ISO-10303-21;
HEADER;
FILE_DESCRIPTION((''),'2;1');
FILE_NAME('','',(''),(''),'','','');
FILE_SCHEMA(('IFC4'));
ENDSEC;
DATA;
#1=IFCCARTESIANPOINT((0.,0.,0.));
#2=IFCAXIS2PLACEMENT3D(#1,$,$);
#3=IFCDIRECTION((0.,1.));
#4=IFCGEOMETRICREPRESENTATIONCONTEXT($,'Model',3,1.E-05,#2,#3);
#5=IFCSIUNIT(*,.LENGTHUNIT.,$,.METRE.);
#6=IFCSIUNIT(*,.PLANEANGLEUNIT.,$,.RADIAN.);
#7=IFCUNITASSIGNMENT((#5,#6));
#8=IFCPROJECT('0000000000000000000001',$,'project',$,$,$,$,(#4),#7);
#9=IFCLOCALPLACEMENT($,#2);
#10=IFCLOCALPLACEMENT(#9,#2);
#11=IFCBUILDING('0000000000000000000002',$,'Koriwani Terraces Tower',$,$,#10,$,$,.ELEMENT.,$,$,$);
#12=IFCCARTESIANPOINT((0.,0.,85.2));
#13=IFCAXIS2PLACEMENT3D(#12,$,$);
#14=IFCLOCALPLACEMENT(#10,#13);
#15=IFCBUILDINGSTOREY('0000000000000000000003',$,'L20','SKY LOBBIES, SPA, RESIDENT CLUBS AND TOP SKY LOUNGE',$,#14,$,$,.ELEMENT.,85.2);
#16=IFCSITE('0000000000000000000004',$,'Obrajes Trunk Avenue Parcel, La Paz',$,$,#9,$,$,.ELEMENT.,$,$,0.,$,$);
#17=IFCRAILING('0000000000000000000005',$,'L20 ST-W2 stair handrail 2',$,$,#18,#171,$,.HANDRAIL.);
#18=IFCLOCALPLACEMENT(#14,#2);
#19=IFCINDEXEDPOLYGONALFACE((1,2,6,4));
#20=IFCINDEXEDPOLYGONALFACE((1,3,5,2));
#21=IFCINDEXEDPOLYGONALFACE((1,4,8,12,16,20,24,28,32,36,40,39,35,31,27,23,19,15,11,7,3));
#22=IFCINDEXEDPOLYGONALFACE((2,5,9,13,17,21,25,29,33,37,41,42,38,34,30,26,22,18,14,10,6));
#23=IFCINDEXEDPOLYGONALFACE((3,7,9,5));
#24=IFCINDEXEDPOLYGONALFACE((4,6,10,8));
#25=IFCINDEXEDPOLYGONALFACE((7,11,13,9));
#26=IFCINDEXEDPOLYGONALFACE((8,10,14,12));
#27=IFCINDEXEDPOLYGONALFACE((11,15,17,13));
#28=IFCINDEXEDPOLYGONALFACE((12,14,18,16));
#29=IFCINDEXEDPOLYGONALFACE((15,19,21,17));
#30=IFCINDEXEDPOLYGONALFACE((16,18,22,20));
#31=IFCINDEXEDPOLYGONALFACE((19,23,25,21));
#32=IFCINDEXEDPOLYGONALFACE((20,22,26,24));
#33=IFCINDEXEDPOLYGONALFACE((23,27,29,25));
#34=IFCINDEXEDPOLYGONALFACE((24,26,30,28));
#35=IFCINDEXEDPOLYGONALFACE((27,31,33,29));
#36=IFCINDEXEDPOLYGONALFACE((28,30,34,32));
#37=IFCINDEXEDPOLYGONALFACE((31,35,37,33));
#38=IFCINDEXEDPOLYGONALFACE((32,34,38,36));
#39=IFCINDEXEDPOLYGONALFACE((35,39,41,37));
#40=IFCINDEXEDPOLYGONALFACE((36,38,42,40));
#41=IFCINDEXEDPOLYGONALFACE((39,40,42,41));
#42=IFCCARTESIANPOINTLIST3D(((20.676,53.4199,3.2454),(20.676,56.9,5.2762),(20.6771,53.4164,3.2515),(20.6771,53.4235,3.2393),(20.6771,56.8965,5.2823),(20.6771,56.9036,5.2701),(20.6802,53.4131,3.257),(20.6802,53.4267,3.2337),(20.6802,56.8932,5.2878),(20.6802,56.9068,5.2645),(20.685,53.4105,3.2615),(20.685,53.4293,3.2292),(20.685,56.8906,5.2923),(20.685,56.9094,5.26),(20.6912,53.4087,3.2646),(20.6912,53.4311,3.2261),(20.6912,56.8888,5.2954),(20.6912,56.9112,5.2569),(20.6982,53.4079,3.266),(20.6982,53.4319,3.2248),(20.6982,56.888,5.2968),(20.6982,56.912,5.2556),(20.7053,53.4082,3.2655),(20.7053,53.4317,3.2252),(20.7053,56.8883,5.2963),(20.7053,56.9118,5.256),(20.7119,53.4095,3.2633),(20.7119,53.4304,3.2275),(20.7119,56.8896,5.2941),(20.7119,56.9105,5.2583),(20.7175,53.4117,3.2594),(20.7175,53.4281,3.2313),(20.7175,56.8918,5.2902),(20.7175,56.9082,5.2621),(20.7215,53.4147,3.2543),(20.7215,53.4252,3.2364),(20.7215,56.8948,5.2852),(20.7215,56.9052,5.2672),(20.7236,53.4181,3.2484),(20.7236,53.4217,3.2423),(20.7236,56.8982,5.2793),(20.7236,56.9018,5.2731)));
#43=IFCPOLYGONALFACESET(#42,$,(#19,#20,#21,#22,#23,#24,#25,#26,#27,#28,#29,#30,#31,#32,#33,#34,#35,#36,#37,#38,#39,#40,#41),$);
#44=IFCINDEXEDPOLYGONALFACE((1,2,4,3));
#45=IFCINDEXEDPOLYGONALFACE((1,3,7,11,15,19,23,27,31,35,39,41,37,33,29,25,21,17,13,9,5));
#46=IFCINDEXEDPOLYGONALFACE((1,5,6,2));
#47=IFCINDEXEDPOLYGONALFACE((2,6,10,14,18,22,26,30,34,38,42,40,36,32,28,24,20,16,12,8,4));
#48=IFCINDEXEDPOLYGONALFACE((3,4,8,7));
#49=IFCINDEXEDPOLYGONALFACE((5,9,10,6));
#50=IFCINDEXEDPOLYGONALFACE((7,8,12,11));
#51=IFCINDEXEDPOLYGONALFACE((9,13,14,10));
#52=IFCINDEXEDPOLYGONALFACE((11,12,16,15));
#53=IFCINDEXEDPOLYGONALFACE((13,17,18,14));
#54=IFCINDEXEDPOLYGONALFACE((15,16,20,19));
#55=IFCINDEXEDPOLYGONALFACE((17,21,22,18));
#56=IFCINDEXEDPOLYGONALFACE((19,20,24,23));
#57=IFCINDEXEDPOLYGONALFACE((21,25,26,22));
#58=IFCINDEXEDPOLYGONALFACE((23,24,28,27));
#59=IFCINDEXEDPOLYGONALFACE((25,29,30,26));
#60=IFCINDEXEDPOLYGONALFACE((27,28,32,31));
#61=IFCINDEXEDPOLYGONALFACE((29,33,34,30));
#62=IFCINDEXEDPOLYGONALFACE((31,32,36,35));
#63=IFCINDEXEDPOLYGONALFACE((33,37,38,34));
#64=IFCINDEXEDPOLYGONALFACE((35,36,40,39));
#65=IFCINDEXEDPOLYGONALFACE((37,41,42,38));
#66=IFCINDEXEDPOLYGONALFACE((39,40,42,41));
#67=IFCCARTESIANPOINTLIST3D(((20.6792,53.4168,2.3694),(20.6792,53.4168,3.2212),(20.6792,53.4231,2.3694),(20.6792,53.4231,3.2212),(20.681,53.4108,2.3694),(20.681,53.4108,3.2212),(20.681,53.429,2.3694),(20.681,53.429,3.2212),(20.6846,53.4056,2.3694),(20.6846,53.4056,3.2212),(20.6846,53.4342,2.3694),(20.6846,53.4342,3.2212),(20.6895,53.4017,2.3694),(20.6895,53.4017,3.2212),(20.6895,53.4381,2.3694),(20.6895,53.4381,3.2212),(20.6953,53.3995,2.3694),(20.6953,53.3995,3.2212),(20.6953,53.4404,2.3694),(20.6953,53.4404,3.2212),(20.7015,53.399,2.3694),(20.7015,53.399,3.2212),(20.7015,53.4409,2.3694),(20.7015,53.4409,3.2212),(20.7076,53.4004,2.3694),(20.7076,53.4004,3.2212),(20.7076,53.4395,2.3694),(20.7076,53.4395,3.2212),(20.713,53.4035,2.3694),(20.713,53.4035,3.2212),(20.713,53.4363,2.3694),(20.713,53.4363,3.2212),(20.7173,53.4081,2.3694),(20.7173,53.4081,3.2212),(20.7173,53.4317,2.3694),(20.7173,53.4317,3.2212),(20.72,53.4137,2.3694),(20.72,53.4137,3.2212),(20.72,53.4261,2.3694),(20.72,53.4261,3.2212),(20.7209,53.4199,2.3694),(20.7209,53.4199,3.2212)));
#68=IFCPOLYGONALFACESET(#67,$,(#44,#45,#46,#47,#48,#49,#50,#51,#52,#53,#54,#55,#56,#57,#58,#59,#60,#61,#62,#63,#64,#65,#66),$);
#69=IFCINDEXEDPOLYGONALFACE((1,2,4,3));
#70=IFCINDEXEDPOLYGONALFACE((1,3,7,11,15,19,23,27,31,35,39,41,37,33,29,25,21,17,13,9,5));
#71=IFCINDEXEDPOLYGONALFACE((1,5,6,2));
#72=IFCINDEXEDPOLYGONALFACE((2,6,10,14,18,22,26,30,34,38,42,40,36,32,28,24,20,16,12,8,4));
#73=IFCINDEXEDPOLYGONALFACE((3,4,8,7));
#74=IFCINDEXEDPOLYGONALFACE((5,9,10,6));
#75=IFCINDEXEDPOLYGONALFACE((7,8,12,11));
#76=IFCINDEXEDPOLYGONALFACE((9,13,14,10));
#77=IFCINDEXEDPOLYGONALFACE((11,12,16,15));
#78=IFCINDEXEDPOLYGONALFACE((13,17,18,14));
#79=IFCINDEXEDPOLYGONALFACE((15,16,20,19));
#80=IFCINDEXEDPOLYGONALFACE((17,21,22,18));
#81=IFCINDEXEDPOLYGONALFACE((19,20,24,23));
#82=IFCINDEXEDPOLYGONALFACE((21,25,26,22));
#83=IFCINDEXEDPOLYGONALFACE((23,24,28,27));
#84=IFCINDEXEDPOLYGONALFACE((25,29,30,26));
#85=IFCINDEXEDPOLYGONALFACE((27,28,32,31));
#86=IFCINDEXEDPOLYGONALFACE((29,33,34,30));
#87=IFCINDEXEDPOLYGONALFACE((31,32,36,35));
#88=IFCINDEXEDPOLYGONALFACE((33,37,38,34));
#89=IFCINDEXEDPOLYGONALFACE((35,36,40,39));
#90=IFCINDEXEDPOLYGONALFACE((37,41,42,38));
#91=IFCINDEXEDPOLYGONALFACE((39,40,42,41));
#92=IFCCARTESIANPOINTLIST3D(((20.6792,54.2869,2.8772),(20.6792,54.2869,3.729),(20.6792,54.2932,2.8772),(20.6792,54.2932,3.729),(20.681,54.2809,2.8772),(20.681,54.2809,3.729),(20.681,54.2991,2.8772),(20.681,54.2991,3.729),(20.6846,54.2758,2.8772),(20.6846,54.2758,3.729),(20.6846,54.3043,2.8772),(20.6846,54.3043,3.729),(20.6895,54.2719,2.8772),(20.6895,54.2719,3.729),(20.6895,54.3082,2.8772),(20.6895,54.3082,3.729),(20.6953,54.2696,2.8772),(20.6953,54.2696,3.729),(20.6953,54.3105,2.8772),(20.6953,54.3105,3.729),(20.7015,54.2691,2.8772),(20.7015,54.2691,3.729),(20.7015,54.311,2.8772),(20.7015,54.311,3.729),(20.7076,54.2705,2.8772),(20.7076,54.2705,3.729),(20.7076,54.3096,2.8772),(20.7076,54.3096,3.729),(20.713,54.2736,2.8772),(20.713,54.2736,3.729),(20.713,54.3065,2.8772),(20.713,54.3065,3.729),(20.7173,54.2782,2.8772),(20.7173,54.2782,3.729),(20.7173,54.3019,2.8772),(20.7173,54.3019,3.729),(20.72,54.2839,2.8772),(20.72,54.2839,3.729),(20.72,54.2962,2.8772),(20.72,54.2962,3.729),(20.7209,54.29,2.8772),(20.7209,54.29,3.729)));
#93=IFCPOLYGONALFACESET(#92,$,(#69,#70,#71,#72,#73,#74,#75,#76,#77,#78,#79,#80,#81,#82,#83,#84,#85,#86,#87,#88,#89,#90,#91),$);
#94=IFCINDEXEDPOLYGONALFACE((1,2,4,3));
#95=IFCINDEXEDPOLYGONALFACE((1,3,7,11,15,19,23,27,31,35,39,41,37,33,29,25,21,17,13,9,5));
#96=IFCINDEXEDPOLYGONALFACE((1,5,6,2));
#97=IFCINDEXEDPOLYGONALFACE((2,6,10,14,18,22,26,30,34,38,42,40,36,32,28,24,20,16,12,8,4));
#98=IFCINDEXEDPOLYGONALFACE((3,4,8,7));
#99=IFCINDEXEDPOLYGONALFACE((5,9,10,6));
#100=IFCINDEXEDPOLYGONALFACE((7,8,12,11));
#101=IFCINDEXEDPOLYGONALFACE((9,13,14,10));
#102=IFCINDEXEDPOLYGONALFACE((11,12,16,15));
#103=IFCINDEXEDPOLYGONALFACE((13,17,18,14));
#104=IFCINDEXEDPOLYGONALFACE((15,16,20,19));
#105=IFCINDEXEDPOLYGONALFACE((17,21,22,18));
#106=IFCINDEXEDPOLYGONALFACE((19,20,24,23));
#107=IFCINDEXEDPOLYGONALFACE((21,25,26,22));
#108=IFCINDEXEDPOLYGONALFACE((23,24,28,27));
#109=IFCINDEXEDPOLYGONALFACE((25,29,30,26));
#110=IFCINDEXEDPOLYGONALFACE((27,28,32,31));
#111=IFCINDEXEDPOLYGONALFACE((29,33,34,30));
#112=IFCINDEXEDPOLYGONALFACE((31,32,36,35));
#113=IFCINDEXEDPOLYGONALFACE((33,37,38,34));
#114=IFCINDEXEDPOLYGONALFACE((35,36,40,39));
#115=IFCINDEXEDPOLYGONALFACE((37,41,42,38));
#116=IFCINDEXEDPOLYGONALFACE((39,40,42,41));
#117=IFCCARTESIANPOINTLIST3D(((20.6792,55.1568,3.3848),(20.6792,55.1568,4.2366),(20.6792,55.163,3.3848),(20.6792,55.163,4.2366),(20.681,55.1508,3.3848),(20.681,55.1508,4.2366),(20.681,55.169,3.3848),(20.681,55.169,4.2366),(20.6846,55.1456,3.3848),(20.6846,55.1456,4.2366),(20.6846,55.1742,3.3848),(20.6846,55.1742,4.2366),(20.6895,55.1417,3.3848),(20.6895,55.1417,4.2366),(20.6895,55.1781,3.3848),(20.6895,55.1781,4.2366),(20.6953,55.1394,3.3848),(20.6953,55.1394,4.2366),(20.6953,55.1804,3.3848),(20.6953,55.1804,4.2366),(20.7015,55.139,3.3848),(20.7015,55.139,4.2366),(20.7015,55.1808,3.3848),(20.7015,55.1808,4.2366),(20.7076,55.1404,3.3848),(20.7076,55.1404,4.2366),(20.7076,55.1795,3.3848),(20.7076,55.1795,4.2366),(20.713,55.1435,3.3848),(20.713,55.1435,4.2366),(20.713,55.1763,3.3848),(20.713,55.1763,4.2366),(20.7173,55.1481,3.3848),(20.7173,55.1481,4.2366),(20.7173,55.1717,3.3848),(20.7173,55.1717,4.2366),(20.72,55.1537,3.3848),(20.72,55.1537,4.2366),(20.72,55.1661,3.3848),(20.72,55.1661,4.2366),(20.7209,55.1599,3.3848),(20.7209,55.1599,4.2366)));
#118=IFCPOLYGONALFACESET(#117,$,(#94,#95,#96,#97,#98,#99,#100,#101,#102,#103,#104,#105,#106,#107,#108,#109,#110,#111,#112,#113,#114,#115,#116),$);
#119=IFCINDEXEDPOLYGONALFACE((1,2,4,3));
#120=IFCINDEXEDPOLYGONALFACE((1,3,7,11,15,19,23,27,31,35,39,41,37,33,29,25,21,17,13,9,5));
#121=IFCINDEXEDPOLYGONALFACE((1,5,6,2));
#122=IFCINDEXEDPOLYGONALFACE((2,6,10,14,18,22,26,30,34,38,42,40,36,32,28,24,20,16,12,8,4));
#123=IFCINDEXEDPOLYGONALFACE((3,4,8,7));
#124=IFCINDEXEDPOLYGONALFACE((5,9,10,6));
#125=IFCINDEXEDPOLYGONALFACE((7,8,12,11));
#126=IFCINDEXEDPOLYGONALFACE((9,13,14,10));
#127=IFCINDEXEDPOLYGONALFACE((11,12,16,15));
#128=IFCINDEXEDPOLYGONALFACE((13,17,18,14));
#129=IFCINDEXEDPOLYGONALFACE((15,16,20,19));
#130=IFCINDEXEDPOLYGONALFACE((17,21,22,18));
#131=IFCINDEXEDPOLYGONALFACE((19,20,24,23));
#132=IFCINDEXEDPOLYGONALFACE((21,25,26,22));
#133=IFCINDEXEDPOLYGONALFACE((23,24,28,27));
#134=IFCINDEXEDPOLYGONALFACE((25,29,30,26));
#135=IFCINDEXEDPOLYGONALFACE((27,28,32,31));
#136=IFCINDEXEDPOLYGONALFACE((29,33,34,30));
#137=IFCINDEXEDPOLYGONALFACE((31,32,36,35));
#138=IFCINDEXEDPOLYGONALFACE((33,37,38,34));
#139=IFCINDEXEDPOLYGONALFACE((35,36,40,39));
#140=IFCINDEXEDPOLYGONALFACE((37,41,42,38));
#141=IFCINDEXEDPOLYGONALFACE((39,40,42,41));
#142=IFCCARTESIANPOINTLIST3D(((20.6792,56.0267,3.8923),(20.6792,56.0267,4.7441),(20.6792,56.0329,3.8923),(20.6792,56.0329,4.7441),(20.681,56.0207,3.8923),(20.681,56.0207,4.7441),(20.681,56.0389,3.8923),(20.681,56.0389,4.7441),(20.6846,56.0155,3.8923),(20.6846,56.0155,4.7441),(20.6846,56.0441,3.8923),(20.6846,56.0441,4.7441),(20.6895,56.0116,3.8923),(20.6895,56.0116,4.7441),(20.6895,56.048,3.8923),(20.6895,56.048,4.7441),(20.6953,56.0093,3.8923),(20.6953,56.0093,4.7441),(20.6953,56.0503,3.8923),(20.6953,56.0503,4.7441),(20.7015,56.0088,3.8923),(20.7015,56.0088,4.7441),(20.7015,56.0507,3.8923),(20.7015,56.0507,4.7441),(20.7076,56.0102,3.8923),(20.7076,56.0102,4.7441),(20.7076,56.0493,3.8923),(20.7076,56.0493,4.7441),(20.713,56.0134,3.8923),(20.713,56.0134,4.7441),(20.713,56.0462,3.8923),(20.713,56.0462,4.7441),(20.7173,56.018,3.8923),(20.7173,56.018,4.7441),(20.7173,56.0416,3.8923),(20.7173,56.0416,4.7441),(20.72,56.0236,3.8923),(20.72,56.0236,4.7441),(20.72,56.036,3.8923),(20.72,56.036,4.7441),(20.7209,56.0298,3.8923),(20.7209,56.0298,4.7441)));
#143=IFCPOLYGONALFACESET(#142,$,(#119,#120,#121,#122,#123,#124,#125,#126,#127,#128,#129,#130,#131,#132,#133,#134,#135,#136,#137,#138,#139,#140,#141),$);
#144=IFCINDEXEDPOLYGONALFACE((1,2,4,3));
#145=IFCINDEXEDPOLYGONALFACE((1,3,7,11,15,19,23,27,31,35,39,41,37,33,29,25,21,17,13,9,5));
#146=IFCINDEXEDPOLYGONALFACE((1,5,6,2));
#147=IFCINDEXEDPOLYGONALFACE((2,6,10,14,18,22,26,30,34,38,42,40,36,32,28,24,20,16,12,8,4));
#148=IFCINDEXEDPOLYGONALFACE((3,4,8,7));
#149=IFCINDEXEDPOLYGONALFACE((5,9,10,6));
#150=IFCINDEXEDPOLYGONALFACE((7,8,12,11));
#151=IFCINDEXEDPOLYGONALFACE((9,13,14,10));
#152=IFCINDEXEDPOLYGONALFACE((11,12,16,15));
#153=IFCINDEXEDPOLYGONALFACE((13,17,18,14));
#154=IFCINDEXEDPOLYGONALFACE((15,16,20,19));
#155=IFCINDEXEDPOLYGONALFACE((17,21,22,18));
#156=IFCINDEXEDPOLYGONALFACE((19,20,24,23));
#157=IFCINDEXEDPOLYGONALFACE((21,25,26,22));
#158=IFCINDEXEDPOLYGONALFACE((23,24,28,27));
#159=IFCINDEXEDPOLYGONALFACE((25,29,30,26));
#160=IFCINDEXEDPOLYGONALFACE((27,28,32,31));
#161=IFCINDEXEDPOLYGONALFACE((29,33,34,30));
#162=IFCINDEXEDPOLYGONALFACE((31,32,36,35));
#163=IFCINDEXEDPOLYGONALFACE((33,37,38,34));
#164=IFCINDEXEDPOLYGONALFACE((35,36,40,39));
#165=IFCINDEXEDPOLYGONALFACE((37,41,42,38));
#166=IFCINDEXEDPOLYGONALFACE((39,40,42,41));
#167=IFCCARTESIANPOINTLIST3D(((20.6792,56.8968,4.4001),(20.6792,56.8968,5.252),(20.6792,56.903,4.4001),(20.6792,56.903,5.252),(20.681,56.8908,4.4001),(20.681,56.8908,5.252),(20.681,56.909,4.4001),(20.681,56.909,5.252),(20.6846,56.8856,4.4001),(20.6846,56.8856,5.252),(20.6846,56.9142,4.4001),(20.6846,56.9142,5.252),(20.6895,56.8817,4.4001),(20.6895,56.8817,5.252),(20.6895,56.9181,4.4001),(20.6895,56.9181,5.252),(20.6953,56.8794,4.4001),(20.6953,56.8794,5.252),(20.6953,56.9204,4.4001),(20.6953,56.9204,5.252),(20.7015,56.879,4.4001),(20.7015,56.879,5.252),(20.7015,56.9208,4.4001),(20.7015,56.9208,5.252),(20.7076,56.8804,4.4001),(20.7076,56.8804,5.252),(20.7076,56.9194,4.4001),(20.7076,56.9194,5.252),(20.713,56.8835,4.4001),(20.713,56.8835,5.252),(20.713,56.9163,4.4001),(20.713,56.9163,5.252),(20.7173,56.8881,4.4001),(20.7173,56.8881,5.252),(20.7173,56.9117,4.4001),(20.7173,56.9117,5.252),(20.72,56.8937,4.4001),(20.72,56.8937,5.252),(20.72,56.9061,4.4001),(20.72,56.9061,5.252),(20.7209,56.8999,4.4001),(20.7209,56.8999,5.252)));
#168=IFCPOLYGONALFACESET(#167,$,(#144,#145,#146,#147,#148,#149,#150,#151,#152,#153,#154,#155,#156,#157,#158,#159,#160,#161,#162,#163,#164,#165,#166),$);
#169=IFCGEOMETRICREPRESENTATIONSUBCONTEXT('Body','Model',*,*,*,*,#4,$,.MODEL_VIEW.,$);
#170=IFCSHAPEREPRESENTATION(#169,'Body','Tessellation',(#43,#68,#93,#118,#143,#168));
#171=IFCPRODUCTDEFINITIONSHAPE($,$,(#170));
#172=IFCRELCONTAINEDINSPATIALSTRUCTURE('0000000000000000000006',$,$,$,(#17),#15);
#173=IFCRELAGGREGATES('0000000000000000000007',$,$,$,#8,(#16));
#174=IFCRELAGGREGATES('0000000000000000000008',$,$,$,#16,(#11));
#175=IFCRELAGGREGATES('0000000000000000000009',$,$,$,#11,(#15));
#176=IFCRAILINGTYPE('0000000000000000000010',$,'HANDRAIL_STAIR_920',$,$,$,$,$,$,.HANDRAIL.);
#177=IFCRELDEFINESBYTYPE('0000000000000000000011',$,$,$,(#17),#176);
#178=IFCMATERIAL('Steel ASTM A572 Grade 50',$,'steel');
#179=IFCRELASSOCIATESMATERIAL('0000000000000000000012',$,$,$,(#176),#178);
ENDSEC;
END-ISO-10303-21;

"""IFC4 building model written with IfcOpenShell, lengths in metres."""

from ifc_helpers import new_model, si_unit, direction, frame, origin, origin_2d, place, context, subcontext, project, spatial, circle, extrude, material, type_object, element, save


model = new_model("IFC4")

# Units and contexts
model_context = context("Model", 3, precision=1e-05, world=origin(), true_north=direction((0.0, 1.0)))
body_context = subcontext(model_context, "Body", "Model", "MODEL_VIEW")
ifc_project = project(units=[si_unit("LENGTHUNIT", "METRE"), si_unit("PLANEANGLEUNIT", "RADIAN")], contexts=[model_context])

# Site, building, storey
site_placement = place(None, origin())
site = spatial("IfcSite", under=ifc_project, at=site_placement, Name="Obrajes Trunk Avenue Parcel, La Paz", CompositionType="ELEMENT", RefElevation=0.0)
building_placement = place(site_placement, origin())
building = spatial("IfcBuilding", under=site, at=building_placement, Name="Koriwani Terraces Tower", CompositionType="ELEMENT")
storey_placement = place(building_placement, frame((0.0, 0.0, 85.2)))
storey = spatial("IfcBuildingStorey", under=building, at=storey_placement, Name="L20", Description="SKY LOBBIES, SPA, RESIDENT CLUBS AND TOP SKY LOUNGE", CompositionType="ELEMENT", Elevation=85.2)

# Shared definitions
ifc_material_1 = material(Name="Steel ASTM A572 Grade 50", Category="steel")

# Railing
railing_type_1 = type_object("IfcRailingType", Name="HANDRAIL_STAIR_920", PredefinedType="HANDRAIL", material=ifc_material_1)
railing_1_placement = place(storey_placement, frame((20.7, 53.4199, 2.3694)))
element("IfcRailing", 1, at=railing_1_placement, inside=storey, type_object=railing_type_1, Name="L20 ST-W2 stair handrail 2", PredefinedType="HANDRAIL", context=body_context, shape_type="SweptSolid", body=[
    extrude(circle(Radius=0.0239, at=origin_2d()), frame((0.0, 0.0, 0.876), z_axis=(0.0, 0.863695, 0.504014), x_axis=(-1.0, 0.0, 0.0)), (0.0, 0.0, 1.0), 4.0293),
    extrude(circle(Radius=0.021, at=origin_2d()), origin(), (0.0, 0.0, 1.0), 0.8518),
    extrude(circle(Radius=0.021, at=origin_2d()), frame((0.0, 0.8701, 0.5078)), (0.0, 0.0, 1.0), 0.8518),
    extrude(circle(Radius=0.021, at=origin_2d()), frame((0.0, 1.74, 1.0154)), (0.0, 0.0, 1.0), 0.8518),
    extrude(circle(Radius=0.021, at=origin_2d()), frame((0.0, 2.6099, 1.5229)), (0.0, 0.0, 1.0), 0.8518),
    extrude(circle(Radius=0.021, at=origin_2d()), frame((0.0, 3.48, 2.0308)), (0.0, 0.0, 1.0), 0.8518),
])

save(model, "model.ifc")
